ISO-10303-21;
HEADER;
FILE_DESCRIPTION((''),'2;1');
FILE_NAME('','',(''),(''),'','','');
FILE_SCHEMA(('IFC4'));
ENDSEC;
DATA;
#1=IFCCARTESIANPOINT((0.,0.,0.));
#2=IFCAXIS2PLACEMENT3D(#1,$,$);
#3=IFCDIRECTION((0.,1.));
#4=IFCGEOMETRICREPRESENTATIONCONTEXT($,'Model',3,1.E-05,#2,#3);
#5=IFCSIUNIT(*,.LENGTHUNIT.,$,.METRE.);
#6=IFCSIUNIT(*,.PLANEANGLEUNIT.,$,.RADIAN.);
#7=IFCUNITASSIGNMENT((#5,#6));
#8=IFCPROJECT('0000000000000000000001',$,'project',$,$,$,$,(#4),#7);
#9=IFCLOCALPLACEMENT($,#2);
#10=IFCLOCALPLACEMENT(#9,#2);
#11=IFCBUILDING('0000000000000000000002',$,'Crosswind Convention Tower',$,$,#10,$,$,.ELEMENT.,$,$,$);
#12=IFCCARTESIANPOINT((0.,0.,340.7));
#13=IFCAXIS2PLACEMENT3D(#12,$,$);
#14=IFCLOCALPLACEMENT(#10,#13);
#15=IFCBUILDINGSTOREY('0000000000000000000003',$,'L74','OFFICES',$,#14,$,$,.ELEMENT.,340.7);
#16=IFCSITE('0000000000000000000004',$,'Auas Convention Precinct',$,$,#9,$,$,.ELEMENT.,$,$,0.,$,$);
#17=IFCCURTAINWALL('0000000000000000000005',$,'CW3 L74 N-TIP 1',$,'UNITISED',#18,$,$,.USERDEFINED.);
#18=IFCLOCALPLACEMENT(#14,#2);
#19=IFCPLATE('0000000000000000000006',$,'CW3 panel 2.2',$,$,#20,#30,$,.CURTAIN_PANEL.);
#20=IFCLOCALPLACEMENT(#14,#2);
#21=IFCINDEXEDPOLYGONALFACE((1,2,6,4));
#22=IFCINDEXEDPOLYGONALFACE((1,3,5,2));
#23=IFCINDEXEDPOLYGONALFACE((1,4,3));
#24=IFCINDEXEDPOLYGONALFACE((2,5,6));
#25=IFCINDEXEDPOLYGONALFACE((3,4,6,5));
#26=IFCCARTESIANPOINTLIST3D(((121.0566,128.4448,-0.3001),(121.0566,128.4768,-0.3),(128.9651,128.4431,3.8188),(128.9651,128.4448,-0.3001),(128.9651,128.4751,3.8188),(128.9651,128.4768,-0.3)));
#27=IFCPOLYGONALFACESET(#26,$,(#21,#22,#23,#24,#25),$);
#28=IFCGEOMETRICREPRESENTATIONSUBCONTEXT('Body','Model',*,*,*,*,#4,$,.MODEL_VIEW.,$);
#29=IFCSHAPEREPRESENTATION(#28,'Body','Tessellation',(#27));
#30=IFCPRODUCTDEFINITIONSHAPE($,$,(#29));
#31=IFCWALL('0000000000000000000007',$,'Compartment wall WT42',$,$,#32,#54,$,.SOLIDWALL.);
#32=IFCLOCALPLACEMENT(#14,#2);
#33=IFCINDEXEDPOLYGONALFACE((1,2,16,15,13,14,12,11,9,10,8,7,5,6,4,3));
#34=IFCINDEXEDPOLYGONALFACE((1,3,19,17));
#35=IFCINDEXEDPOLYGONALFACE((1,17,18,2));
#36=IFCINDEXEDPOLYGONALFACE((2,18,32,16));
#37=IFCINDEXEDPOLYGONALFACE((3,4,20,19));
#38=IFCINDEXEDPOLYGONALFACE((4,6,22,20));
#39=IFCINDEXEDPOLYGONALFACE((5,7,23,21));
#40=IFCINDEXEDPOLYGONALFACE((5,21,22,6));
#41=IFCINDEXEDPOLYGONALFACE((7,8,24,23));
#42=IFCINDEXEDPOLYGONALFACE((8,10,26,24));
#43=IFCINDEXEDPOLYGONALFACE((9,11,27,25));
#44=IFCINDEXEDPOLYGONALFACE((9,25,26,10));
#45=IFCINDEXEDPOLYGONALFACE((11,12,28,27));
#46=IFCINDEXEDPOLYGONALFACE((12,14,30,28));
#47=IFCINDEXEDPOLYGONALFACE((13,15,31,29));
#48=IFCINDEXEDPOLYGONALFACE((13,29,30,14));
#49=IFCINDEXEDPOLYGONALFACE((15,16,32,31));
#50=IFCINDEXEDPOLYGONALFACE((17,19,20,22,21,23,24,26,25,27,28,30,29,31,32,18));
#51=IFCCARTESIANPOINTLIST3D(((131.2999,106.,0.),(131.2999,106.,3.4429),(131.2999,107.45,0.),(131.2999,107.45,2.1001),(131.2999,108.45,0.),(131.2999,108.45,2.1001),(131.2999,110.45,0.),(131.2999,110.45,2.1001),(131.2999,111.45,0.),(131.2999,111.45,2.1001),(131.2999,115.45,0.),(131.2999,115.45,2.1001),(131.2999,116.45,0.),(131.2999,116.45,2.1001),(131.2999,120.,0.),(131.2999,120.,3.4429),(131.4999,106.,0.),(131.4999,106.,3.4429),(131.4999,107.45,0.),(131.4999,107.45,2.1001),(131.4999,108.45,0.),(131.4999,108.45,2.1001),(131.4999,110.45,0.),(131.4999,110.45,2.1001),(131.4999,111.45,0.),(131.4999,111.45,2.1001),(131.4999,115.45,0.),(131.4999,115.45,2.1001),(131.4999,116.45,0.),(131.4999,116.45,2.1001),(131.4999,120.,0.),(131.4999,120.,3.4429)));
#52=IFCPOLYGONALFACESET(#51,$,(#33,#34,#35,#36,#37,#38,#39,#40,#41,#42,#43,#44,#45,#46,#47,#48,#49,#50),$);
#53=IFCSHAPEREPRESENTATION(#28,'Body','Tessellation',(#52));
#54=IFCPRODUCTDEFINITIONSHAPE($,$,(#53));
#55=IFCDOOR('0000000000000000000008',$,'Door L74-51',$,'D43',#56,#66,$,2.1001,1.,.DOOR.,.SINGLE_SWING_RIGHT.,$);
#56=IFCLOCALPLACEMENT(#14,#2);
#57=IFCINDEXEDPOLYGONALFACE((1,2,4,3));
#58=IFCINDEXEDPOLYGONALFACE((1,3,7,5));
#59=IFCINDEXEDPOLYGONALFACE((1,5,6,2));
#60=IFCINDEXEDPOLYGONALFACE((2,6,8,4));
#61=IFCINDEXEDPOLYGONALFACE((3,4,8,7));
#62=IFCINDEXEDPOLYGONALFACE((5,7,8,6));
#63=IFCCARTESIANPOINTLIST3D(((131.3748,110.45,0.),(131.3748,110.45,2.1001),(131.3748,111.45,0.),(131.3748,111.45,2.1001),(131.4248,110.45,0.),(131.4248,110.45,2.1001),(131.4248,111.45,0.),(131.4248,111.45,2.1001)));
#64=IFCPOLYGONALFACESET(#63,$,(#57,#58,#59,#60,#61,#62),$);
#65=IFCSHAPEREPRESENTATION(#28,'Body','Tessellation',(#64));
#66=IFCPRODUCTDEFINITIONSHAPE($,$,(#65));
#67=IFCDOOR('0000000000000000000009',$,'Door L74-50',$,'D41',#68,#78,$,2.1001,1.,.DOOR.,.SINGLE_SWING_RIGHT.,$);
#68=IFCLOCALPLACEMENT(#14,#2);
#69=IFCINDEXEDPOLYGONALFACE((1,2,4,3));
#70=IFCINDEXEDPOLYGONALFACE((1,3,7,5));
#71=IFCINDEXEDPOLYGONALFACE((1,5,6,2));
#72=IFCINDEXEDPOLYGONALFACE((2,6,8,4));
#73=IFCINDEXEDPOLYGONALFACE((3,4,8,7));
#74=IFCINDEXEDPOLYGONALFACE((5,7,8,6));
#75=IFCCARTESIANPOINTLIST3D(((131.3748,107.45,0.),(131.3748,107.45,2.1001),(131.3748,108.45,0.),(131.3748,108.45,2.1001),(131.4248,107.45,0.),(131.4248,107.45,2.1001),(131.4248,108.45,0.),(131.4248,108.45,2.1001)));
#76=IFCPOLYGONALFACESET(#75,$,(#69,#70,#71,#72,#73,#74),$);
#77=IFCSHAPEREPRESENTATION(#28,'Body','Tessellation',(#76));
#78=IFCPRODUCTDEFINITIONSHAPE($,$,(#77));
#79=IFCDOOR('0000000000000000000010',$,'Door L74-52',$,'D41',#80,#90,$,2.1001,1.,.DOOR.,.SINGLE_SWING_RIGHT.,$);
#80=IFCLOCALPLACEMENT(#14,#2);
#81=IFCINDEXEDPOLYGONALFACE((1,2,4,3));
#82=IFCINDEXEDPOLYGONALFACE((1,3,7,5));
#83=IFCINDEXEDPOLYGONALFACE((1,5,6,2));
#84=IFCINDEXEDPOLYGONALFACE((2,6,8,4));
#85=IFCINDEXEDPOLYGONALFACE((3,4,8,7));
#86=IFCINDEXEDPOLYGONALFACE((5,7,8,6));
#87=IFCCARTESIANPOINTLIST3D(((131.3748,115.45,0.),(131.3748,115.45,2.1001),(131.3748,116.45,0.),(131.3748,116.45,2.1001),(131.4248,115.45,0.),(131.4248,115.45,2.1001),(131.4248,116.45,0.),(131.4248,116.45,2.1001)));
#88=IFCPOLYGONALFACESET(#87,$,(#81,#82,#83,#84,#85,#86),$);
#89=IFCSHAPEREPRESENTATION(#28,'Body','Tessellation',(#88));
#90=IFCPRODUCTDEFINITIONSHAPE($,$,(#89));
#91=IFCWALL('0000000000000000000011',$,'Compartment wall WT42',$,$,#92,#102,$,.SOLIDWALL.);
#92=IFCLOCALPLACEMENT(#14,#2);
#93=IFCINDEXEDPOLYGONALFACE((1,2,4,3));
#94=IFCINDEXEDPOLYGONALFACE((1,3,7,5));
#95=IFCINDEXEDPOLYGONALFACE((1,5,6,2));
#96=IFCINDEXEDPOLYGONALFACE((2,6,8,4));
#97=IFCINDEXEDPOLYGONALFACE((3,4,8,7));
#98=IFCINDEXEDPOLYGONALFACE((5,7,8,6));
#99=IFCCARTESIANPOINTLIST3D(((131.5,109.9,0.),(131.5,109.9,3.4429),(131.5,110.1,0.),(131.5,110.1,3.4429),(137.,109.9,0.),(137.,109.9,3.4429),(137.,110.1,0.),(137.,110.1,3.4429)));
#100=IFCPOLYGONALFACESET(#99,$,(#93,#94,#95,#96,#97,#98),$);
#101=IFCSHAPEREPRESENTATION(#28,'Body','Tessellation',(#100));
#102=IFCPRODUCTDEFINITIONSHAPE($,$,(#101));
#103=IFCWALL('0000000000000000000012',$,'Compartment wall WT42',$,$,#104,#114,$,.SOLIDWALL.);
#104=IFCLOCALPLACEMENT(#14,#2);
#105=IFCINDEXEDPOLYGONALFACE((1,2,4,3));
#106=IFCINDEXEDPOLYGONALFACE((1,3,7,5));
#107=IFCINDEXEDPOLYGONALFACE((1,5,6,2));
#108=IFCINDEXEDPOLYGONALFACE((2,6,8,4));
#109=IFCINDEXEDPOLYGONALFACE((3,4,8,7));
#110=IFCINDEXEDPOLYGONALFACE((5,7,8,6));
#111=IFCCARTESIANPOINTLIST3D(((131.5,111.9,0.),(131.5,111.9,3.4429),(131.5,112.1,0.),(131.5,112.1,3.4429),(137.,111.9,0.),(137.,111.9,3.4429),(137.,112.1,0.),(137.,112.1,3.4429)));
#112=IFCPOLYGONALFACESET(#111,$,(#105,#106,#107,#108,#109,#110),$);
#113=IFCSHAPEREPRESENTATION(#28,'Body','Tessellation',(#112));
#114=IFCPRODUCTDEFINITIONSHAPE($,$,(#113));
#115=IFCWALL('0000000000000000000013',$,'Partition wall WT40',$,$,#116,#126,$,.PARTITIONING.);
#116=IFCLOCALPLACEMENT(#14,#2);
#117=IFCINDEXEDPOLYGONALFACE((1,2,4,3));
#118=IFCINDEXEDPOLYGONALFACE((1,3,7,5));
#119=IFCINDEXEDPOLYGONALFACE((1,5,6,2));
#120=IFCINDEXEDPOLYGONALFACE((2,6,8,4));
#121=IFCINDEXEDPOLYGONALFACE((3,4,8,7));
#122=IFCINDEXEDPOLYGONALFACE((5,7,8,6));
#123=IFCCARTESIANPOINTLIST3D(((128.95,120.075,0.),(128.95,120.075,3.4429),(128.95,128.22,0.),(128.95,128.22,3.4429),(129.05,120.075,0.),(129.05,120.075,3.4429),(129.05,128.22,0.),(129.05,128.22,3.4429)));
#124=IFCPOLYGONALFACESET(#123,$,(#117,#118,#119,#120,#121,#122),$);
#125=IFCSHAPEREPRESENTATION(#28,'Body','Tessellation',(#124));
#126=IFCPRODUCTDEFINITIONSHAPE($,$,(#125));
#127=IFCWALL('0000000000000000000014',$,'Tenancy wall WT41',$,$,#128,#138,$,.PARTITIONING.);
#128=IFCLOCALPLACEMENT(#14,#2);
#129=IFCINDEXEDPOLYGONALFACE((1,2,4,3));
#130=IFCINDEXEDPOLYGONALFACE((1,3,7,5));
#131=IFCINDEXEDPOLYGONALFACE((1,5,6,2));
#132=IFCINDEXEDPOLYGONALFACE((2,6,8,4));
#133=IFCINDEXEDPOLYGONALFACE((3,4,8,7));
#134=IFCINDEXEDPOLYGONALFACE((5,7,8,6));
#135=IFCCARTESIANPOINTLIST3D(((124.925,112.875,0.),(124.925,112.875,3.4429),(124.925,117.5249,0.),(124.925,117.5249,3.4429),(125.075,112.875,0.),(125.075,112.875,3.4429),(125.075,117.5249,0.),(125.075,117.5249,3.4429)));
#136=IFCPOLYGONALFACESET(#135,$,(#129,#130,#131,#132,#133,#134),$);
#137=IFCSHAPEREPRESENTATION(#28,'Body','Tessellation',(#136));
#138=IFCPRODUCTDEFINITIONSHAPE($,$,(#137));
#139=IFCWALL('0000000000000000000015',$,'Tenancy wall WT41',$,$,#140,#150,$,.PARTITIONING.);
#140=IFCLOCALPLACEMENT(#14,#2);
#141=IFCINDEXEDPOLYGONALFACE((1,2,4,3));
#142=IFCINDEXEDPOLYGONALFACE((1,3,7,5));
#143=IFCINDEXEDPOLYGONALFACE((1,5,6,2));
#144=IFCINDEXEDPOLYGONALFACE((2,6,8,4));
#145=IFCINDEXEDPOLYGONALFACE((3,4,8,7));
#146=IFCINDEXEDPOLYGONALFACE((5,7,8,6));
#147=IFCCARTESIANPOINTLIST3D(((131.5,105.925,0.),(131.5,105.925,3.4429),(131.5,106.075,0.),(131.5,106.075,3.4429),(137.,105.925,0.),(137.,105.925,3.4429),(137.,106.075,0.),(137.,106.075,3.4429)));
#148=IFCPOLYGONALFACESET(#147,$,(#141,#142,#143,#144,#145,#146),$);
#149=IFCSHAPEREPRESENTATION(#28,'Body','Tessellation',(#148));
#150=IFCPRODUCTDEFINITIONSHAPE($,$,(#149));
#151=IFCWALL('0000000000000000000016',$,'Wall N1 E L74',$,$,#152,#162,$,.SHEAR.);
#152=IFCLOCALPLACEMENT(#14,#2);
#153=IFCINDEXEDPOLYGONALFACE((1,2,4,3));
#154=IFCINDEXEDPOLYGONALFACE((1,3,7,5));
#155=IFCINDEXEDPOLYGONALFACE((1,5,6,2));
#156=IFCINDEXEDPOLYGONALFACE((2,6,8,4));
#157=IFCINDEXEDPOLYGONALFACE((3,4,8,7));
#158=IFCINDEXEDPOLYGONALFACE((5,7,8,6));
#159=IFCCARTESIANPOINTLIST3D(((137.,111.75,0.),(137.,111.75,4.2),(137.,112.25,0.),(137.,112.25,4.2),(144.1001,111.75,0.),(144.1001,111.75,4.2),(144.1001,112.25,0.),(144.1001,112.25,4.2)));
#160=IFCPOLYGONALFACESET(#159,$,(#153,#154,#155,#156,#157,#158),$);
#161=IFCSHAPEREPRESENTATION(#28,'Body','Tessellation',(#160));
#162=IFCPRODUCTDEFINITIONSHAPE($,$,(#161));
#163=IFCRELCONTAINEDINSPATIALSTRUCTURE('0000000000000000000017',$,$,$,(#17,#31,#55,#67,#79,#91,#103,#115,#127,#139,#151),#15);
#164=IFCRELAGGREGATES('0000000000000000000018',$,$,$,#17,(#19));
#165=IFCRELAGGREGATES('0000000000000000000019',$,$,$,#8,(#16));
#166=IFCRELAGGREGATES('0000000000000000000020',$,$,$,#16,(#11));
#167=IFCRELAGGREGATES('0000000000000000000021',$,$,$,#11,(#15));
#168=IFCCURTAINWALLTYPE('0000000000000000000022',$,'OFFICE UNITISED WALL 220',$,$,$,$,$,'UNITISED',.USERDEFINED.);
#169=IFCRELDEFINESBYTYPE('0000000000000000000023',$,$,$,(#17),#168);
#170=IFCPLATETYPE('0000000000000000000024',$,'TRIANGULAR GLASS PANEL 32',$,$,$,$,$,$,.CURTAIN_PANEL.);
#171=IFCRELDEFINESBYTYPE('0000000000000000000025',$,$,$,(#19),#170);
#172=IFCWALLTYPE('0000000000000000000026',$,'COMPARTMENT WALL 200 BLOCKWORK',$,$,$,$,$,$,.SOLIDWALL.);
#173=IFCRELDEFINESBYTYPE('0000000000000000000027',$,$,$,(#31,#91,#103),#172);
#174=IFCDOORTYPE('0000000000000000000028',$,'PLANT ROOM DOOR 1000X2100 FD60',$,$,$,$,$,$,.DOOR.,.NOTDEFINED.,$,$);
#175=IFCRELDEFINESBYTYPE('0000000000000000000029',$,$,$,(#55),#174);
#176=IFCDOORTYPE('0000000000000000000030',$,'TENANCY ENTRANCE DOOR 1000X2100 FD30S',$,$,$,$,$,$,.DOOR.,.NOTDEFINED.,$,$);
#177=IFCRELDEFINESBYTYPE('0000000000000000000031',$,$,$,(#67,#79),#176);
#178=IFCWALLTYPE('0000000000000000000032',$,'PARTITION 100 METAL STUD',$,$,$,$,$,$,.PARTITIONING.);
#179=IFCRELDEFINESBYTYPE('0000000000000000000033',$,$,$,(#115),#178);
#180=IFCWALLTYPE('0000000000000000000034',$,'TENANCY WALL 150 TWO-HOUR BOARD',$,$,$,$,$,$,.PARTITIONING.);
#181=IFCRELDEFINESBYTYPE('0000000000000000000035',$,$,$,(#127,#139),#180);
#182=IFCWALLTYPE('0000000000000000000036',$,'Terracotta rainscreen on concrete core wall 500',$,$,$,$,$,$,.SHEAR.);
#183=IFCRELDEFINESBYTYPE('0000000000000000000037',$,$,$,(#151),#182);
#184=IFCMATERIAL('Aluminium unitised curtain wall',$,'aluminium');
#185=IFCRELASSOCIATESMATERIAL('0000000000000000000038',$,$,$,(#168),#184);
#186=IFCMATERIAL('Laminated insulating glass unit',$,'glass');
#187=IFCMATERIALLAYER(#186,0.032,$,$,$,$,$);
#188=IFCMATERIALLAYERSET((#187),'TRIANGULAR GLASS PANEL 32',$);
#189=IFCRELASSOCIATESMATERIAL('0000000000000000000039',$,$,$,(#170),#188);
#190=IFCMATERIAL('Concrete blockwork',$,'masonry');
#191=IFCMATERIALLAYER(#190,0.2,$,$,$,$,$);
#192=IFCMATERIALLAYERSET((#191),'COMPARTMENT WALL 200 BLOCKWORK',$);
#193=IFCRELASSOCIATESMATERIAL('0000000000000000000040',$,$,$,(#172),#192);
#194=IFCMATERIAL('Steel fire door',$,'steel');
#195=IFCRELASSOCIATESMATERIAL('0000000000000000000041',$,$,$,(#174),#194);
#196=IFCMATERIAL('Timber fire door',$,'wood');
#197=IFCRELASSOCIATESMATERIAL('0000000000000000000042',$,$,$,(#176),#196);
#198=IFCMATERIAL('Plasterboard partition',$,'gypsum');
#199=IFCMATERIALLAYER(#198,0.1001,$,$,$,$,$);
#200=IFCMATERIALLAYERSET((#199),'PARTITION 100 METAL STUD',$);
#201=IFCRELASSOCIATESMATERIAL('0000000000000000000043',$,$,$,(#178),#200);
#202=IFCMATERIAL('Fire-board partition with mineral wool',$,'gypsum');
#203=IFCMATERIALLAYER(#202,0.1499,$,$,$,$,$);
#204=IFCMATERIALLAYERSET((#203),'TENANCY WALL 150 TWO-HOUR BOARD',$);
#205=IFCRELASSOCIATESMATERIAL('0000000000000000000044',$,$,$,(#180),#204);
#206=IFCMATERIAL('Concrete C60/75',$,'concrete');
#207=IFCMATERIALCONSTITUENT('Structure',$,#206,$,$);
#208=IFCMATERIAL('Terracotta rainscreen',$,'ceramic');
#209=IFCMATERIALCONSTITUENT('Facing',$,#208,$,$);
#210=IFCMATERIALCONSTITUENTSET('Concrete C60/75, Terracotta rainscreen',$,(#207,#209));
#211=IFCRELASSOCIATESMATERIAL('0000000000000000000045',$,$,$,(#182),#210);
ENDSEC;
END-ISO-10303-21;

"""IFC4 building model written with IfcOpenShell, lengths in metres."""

from ifc_helpers import new_model, si_unit, direction, frame, frame_2d, origin, place, context, subcontext, project, spatial, polyline, rectangle, outline, extrude, material, layer, layer_set, constituent, constituent_set, type_object, element, fill, aggregate, save


model = new_model("IFC4")

# Units and contexts
model_context = context("Model", 3, precision=1e-05, world=origin(), true_north=direction((0.0, 1.0)))
body_context = subcontext(model_context, "Body", "Model", "MODEL_VIEW")
ifc_project = project(units=[si_unit("LENGTHUNIT", "METRE"), si_unit("PLANEANGLEUNIT", "RADIAN")], contexts=[model_context])

# Site, building, storey
site_placement = place(None, origin())
site = spatial("IfcSite", under=ifc_project, at=site_placement, Name="Auas Convention Precinct", CompositionType="ELEMENT", RefElevation=0.0)
building_placement = place(site_placement, origin())
building = spatial("IfcBuilding", under=site, at=building_placement, Name="Crosswind Convention Tower", CompositionType="ELEMENT")
storey_placement = place(building_placement, frame((0.0, 0.0, 340.7)))
storey = spatial("IfcBuildingStorey", under=building, at=storey_placement, Name="L74", Description="OFFICES", CompositionType="ELEMENT", Elevation=340.7)

# Shared definitions
ifc_material_1 = material(Name="Concrete C60/75", Category="concrete")

# Curtain wall
ifc_material_2 = material(Name="Aluminium unitised curtain wall", Category="aluminium")
curtain_wall_type = type_object("IfcCurtainWallType", Name="OFFICE UNITISED WALL 220", ElementType="UNITISED", PredefinedType="USERDEFINED", material=ifc_material_2)
curtain_wall_placement = place(storey_placement, origin())
curtain_wall = element("IfcCurtainWall", 1, at=curtain_wall_placement, inside=storey, type_object=curtain_wall_type, Name="CW3 L74 N-TIP 1", ObjectType="UNITISED", PredefinedType="USERDEFINED")

# Plate
ifc_material_3 = material(Name="Laminated insulating glass unit", Category="glass")
ifc_layer_1 = layer(ifc_material_3, 0.032)
ifc_layer_set_1 = layer_set([ifc_layer_1], Name="TRIANGULAR GLASS PANEL 32")
plate_type = type_object("IfcPlateType", Name="TRIANGULAR GLASS PANEL 32", PredefinedType="CURTAIN_PANEL", material=ifc_layer_set_1)
plate_1_placement = place(storey_placement, frame((128.9651, 128.4768, -0.3), z_axis=(0.0, 1.0, 0.000415), x_axis=(-1.0, 0.0, 0.0)))
plate_1 = element("IfcPlate", 2, at=plate_1_placement, type_object=plate_type, Name="CW3 panel 2.2", PredefinedType="CURTAIN_PANEL", context=body_context, shape_type="SweptSolid", body=[
    extrude(outline(polyline([(0.0, 0.0), (7.9084, 0.0), (0.0, 4.1189), (0.0, 0.0)])), origin(), (0.0, 0.0, -1.0), 0.032),
])
aggregate(curtain_wall, [plate_1])

# Wall, openings, doors
ifc_material_4 = material(Name="Concrete blockwork", Category="masonry")
ifc_layer_2 = layer(ifc_material_4, 0.2)
ifc_layer_set_2 = layer_set([ifc_layer_2], Name="COMPARTMENT WALL 200 BLOCKWORK")
wall_type_1 = type_object("IfcWallType", Name="COMPARTMENT WALL 200 BLOCKWORK", PredefinedType="SOLIDWALL", material=ifc_layer_set_2)
wall_1_placement = place(storey_placement, frame((131.3999, 106.0, 0.0), z_axis=(0.0, 0.0, 1.0), x_axis=(0.0, 1.0, 0.0)))
wall_1 = element("IfcWall", 3, at=wall_1_placement, inside=storey, type_object=wall_type_1, Name="Compartment wall WT42", PredefinedType="SOLIDWALL", context=body_context, shape_type="SweptSolid", body=[
    extrude(rectangle(XDim=14.0, YDim=0.2, at=frame_2d((7.0, 0.0))), origin(), (0.0, 0.0, 1.0), 3.4429),
])
opening_1_placement = place(wall_1_placement, frame((1.45, 0.0, 0.0)))
opening_1 = element("IfcOpeningElement", 4, at=opening_1_placement, cuts=wall_1, PredefinedType="OPENING", context=body_context, shape_type="SweptSolid", body=[
    extrude(rectangle(XDim=1.0, YDim=2.1001, at=frame_2d((0.5, 1.05))), frame((0.0, 0.1099, 0.0), z_axis=(0.0, -1.0, 0.0), x_axis=(1.0, 0.0, 0.0)), (0.0, 0.0, 1.0), 0.22),
])
opening_2_placement = place(wall_1_placement, frame((4.45, 0.0, 0.0)))
opening_2 = element("IfcOpeningElement", 5, at=opening_2_placement, cuts=wall_1, PredefinedType="OPENING", context=body_context, shape_type="SweptSolid", body=[
    extrude(rectangle(XDim=1.0, YDim=2.1001, at=frame_2d((0.5, 1.05))), frame((0.0, 0.1099, 0.0), z_axis=(0.0, -1.0, 0.0), x_axis=(1.0, 0.0, 0.0)), (0.0, 0.0, 1.0), 0.22),
])
opening_3_placement = place(wall_1_placement, frame((9.45, 0.0, 0.0)))
opening_3 = element("IfcOpeningElement", 6, at=opening_3_placement, cuts=wall_1, PredefinedType="OPENING", context=body_context, shape_type="SweptSolid", body=[
    extrude(rectangle(XDim=1.0, YDim=2.1001, at=frame_2d((0.5, 1.05))), frame((0.0, 0.1099, 0.0), z_axis=(0.0, -1.0, 0.0), x_axis=(1.0, 0.0, 0.0)), (0.0, 0.0, 1.0), 0.22),
])
ifc_material_5 = material(Name="Steel fire door", Category="steel")
door_type_1 = type_object("IfcDoorType", Name="PLANT ROOM DOOR 1000X2100 FD60", OperationType="NOTDEFINED", PredefinedType="DOOR", material=ifc_material_5)
door_1_placement = place(opening_2_placement, frame((1.0, 0.0, 0.0), z_axis=(0.0, 0.0, 1.0), x_axis=(-1.0, 0.0, 0.0)))
door_1 = element("IfcDoor", 7, at=door_1_placement, inside=storey, type_object=door_type_1, Name="Door L74-51", ObjectType="D43", OperationType="SINGLE_SWING_RIGHT", OverallHeight=2.1001, OverallWidth=1.0, PredefinedType="DOOR", context=body_context, shape_type="SweptSolid", body=[
    extrude(rectangle(XDim=1.0, YDim=2.1001, at=frame_2d((0.5, 1.05))), frame((0.0, 0.0249, 0.0), z_axis=(0.0, -1.0, 0.0), x_axis=(1.0, 0.0, 0.0)), (0.0, 0.0, 1.0), 0.05),
])
fill(opening_2, door_1)
ifc_material_6 = material(Name="Timber fire door", Category="wood")
door_type_2 = type_object("IfcDoorType", Name="TENANCY ENTRANCE DOOR 1000X2100 FD30S", OperationType="NOTDEFINED", PredefinedType="DOOR", material=ifc_material_6)
door_2_placement = place(opening_1_placement, frame((1.0, 0.0, 0.0), z_axis=(0.0, 0.0, 1.0), x_axis=(-1.0, 0.0, 0.0)))
door_2 = element("IfcDoor", 8, at=door_2_placement, inside=storey, type_object=door_type_2, Name="Door L74-50", ObjectType="D41", OperationType="SINGLE_SWING_RIGHT", OverallHeight=2.1001, OverallWidth=1.0, PredefinedType="DOOR", context=body_context, shape_type="SweptSolid", body=[
    extrude(rectangle(XDim=1.0, YDim=2.1001, at=frame_2d((0.5, 1.05))), frame((0.0, 0.0249, 0.0), z_axis=(0.0, -1.0, 0.0), x_axis=(1.0, 0.0, 0.0)), (0.0, 0.0, 1.0), 0.05),
])
fill(opening_1, door_2)
door_3_placement = place(opening_3_placement, frame((1.0, 0.0, 0.0), z_axis=(0.0, 0.0, 1.0), x_axis=(-1.0, 0.0, 0.0)))
door_3 = element("IfcDoor", 9, at=door_3_placement, inside=storey, type_object=door_type_2, Name="Door L74-52", ObjectType="D41", OperationType="SINGLE_SWING_RIGHT", OverallHeight=2.1001, OverallWidth=1.0, PredefinedType="DOOR", context=body_context, shape_type="SweptSolid", body=[
    extrude(rectangle(XDim=1.0, YDim=2.1001, at=frame_2d((0.5, 1.05))), frame((0.0, 0.0249, 0.0), z_axis=(0.0, -1.0, 0.0), x_axis=(1.0, 0.0, 0.0)), (0.0, 0.0, 1.0), 0.05),
])
fill(opening_3, door_3)

# Walls
for number, where, z_axis, x_axis, name in (
    (10, (131.5, 110.0, 0.0), (0.0, 0.0, 1.0), (1.0, 0.0, 0.0), "Compartment wall WT42"),
    (11, (131.5, 112.0, 0.0), (0.0, 0.0, 1.0), (1.0, 0.0, 0.0), "Compartment wall WT42"),
):
    element("IfcWall", number, at=place(storey_placement, frame(where, z_axis=z_axis, x_axis=x_axis)), inside=storey, type_object=wall_type_1, Name=name, PredefinedType="SOLIDWALL", context=body_context, shape_type="SweptSolid", body=[
        extrude(rectangle(XDim=5.5, YDim=0.2, at=frame_2d((2.75, 0.0))), origin(), (0.0, 0.0, 1.0), 3.4429),
    ])
ifc_material_7 = material(Name="Plasterboard partition", Category="gypsum")
ifc_layer_3 = layer(ifc_material_7, 0.1001)
ifc_layer_set_3 = layer_set([ifc_layer_3], Name="PARTITION 100 METAL STUD")
wall_type_2 = type_object("IfcWallType", Name="PARTITION 100 METAL STUD", PredefinedType="PARTITIONING", material=ifc_layer_set_3)
wall_2_placement = place(storey_placement, frame((129.0, 120.075, 0.0), z_axis=(0.0, 0.0, 1.0), x_axis=(0.0, 1.0, 0.0)))
element("IfcWall", 12, at=wall_2_placement, inside=storey, type_object=wall_type_2, Name="Partition wall WT40", PredefinedType="PARTITIONING", context=body_context, shape_type="SweptSolid", body=[
    extrude(rectangle(XDim=8.145, YDim=0.1001, at=frame_2d((4.0725, 0.0))), origin(), (0.0, 0.0, 1.0), 3.4429),
])
ifc_material_8 = material(Name="Fire-board partition with mineral wool", Category="gypsum")
ifc_layer_4 = layer(ifc_material_8, 0.1499)
ifc_layer_set_4 = layer_set([ifc_layer_4], Name="TENANCY WALL 150 TWO-HOUR BOARD")
wall_type_3 = type_object("IfcWallType", Name="TENANCY WALL 150 TWO-HOUR BOARD", PredefinedType="PARTITIONING", material=ifc_layer_set_4)
wall_3_placement = place(storey_placement, frame((125.0, 112.875, 0.0), z_axis=(0.0, 0.0, 1.0), x_axis=(0.0, 1.0, 0.0)))
element("IfcWall", 13, at=wall_3_placement, inside=storey, type_object=wall_type_3, Name="Tenancy wall WT41", PredefinedType="PARTITIONING", context=body_context, shape_type="SweptSolid", body=[
    extrude(rectangle(XDim=4.6499, YDim=0.1499, at=frame_2d((2.325, 0.0))), origin(), (0.0, 0.0, 1.0), 3.4429),
])
wall_4_placement = place(storey_placement, frame((131.5, 106.0, 0.0), z_axis=(0.0, 0.0, 1.0), x_axis=(1.0, 0.0, 0.0)))
element("IfcWall", 14, at=wall_4_placement, inside=storey, type_object=wall_type_3, Name="Tenancy wall WT41", PredefinedType="PARTITIONING", context=body_context, shape_type="SweptSolid", body=[
    extrude(rectangle(XDim=5.5, YDim=0.1499, at=frame_2d((2.75, 0.0))), origin(), (0.0, 0.0, 1.0), 3.4429),
])
ifc_constituent_1 = constituent(ifc_material_1, Name="Structure")
ifc_material_9 = material(Name="Terracotta rainscreen", Category="ceramic")
ifc_constituent_2 = constituent(ifc_material_9, Name="Facing")
ifc_constituent_set = constituent_set(constituents=[ifc_constituent_1, ifc_constituent_2], Name="Concrete C60/75, Terracotta rainscreen")
wall_type_4 = type_object("IfcWallType", Name="Terracotta rainscreen on concrete core wall 500", PredefinedType="SHEAR", material=ifc_constituent_set)
wall_5_placement = place(storey_placement, frame((137.0, 112.0, 0.0), z_axis=(0.0, 0.0, 1.0), x_axis=(1.0, 0.0, 0.0)))
element("IfcWall", 15, at=wall_5_placement, inside=storey, type_object=wall_type_4, Name="Wall N1 E L74", PredefinedType="SHEAR", context=body_context, shape_type="SweptSolid", body=[
    extrude(rectangle(XDim=7.1001, YDim=0.5, at=frame_2d((3.55, 0.0))), origin(), (0.0, 0.0, 1.0), 4.2),
])

save(model, "model.ifc")
